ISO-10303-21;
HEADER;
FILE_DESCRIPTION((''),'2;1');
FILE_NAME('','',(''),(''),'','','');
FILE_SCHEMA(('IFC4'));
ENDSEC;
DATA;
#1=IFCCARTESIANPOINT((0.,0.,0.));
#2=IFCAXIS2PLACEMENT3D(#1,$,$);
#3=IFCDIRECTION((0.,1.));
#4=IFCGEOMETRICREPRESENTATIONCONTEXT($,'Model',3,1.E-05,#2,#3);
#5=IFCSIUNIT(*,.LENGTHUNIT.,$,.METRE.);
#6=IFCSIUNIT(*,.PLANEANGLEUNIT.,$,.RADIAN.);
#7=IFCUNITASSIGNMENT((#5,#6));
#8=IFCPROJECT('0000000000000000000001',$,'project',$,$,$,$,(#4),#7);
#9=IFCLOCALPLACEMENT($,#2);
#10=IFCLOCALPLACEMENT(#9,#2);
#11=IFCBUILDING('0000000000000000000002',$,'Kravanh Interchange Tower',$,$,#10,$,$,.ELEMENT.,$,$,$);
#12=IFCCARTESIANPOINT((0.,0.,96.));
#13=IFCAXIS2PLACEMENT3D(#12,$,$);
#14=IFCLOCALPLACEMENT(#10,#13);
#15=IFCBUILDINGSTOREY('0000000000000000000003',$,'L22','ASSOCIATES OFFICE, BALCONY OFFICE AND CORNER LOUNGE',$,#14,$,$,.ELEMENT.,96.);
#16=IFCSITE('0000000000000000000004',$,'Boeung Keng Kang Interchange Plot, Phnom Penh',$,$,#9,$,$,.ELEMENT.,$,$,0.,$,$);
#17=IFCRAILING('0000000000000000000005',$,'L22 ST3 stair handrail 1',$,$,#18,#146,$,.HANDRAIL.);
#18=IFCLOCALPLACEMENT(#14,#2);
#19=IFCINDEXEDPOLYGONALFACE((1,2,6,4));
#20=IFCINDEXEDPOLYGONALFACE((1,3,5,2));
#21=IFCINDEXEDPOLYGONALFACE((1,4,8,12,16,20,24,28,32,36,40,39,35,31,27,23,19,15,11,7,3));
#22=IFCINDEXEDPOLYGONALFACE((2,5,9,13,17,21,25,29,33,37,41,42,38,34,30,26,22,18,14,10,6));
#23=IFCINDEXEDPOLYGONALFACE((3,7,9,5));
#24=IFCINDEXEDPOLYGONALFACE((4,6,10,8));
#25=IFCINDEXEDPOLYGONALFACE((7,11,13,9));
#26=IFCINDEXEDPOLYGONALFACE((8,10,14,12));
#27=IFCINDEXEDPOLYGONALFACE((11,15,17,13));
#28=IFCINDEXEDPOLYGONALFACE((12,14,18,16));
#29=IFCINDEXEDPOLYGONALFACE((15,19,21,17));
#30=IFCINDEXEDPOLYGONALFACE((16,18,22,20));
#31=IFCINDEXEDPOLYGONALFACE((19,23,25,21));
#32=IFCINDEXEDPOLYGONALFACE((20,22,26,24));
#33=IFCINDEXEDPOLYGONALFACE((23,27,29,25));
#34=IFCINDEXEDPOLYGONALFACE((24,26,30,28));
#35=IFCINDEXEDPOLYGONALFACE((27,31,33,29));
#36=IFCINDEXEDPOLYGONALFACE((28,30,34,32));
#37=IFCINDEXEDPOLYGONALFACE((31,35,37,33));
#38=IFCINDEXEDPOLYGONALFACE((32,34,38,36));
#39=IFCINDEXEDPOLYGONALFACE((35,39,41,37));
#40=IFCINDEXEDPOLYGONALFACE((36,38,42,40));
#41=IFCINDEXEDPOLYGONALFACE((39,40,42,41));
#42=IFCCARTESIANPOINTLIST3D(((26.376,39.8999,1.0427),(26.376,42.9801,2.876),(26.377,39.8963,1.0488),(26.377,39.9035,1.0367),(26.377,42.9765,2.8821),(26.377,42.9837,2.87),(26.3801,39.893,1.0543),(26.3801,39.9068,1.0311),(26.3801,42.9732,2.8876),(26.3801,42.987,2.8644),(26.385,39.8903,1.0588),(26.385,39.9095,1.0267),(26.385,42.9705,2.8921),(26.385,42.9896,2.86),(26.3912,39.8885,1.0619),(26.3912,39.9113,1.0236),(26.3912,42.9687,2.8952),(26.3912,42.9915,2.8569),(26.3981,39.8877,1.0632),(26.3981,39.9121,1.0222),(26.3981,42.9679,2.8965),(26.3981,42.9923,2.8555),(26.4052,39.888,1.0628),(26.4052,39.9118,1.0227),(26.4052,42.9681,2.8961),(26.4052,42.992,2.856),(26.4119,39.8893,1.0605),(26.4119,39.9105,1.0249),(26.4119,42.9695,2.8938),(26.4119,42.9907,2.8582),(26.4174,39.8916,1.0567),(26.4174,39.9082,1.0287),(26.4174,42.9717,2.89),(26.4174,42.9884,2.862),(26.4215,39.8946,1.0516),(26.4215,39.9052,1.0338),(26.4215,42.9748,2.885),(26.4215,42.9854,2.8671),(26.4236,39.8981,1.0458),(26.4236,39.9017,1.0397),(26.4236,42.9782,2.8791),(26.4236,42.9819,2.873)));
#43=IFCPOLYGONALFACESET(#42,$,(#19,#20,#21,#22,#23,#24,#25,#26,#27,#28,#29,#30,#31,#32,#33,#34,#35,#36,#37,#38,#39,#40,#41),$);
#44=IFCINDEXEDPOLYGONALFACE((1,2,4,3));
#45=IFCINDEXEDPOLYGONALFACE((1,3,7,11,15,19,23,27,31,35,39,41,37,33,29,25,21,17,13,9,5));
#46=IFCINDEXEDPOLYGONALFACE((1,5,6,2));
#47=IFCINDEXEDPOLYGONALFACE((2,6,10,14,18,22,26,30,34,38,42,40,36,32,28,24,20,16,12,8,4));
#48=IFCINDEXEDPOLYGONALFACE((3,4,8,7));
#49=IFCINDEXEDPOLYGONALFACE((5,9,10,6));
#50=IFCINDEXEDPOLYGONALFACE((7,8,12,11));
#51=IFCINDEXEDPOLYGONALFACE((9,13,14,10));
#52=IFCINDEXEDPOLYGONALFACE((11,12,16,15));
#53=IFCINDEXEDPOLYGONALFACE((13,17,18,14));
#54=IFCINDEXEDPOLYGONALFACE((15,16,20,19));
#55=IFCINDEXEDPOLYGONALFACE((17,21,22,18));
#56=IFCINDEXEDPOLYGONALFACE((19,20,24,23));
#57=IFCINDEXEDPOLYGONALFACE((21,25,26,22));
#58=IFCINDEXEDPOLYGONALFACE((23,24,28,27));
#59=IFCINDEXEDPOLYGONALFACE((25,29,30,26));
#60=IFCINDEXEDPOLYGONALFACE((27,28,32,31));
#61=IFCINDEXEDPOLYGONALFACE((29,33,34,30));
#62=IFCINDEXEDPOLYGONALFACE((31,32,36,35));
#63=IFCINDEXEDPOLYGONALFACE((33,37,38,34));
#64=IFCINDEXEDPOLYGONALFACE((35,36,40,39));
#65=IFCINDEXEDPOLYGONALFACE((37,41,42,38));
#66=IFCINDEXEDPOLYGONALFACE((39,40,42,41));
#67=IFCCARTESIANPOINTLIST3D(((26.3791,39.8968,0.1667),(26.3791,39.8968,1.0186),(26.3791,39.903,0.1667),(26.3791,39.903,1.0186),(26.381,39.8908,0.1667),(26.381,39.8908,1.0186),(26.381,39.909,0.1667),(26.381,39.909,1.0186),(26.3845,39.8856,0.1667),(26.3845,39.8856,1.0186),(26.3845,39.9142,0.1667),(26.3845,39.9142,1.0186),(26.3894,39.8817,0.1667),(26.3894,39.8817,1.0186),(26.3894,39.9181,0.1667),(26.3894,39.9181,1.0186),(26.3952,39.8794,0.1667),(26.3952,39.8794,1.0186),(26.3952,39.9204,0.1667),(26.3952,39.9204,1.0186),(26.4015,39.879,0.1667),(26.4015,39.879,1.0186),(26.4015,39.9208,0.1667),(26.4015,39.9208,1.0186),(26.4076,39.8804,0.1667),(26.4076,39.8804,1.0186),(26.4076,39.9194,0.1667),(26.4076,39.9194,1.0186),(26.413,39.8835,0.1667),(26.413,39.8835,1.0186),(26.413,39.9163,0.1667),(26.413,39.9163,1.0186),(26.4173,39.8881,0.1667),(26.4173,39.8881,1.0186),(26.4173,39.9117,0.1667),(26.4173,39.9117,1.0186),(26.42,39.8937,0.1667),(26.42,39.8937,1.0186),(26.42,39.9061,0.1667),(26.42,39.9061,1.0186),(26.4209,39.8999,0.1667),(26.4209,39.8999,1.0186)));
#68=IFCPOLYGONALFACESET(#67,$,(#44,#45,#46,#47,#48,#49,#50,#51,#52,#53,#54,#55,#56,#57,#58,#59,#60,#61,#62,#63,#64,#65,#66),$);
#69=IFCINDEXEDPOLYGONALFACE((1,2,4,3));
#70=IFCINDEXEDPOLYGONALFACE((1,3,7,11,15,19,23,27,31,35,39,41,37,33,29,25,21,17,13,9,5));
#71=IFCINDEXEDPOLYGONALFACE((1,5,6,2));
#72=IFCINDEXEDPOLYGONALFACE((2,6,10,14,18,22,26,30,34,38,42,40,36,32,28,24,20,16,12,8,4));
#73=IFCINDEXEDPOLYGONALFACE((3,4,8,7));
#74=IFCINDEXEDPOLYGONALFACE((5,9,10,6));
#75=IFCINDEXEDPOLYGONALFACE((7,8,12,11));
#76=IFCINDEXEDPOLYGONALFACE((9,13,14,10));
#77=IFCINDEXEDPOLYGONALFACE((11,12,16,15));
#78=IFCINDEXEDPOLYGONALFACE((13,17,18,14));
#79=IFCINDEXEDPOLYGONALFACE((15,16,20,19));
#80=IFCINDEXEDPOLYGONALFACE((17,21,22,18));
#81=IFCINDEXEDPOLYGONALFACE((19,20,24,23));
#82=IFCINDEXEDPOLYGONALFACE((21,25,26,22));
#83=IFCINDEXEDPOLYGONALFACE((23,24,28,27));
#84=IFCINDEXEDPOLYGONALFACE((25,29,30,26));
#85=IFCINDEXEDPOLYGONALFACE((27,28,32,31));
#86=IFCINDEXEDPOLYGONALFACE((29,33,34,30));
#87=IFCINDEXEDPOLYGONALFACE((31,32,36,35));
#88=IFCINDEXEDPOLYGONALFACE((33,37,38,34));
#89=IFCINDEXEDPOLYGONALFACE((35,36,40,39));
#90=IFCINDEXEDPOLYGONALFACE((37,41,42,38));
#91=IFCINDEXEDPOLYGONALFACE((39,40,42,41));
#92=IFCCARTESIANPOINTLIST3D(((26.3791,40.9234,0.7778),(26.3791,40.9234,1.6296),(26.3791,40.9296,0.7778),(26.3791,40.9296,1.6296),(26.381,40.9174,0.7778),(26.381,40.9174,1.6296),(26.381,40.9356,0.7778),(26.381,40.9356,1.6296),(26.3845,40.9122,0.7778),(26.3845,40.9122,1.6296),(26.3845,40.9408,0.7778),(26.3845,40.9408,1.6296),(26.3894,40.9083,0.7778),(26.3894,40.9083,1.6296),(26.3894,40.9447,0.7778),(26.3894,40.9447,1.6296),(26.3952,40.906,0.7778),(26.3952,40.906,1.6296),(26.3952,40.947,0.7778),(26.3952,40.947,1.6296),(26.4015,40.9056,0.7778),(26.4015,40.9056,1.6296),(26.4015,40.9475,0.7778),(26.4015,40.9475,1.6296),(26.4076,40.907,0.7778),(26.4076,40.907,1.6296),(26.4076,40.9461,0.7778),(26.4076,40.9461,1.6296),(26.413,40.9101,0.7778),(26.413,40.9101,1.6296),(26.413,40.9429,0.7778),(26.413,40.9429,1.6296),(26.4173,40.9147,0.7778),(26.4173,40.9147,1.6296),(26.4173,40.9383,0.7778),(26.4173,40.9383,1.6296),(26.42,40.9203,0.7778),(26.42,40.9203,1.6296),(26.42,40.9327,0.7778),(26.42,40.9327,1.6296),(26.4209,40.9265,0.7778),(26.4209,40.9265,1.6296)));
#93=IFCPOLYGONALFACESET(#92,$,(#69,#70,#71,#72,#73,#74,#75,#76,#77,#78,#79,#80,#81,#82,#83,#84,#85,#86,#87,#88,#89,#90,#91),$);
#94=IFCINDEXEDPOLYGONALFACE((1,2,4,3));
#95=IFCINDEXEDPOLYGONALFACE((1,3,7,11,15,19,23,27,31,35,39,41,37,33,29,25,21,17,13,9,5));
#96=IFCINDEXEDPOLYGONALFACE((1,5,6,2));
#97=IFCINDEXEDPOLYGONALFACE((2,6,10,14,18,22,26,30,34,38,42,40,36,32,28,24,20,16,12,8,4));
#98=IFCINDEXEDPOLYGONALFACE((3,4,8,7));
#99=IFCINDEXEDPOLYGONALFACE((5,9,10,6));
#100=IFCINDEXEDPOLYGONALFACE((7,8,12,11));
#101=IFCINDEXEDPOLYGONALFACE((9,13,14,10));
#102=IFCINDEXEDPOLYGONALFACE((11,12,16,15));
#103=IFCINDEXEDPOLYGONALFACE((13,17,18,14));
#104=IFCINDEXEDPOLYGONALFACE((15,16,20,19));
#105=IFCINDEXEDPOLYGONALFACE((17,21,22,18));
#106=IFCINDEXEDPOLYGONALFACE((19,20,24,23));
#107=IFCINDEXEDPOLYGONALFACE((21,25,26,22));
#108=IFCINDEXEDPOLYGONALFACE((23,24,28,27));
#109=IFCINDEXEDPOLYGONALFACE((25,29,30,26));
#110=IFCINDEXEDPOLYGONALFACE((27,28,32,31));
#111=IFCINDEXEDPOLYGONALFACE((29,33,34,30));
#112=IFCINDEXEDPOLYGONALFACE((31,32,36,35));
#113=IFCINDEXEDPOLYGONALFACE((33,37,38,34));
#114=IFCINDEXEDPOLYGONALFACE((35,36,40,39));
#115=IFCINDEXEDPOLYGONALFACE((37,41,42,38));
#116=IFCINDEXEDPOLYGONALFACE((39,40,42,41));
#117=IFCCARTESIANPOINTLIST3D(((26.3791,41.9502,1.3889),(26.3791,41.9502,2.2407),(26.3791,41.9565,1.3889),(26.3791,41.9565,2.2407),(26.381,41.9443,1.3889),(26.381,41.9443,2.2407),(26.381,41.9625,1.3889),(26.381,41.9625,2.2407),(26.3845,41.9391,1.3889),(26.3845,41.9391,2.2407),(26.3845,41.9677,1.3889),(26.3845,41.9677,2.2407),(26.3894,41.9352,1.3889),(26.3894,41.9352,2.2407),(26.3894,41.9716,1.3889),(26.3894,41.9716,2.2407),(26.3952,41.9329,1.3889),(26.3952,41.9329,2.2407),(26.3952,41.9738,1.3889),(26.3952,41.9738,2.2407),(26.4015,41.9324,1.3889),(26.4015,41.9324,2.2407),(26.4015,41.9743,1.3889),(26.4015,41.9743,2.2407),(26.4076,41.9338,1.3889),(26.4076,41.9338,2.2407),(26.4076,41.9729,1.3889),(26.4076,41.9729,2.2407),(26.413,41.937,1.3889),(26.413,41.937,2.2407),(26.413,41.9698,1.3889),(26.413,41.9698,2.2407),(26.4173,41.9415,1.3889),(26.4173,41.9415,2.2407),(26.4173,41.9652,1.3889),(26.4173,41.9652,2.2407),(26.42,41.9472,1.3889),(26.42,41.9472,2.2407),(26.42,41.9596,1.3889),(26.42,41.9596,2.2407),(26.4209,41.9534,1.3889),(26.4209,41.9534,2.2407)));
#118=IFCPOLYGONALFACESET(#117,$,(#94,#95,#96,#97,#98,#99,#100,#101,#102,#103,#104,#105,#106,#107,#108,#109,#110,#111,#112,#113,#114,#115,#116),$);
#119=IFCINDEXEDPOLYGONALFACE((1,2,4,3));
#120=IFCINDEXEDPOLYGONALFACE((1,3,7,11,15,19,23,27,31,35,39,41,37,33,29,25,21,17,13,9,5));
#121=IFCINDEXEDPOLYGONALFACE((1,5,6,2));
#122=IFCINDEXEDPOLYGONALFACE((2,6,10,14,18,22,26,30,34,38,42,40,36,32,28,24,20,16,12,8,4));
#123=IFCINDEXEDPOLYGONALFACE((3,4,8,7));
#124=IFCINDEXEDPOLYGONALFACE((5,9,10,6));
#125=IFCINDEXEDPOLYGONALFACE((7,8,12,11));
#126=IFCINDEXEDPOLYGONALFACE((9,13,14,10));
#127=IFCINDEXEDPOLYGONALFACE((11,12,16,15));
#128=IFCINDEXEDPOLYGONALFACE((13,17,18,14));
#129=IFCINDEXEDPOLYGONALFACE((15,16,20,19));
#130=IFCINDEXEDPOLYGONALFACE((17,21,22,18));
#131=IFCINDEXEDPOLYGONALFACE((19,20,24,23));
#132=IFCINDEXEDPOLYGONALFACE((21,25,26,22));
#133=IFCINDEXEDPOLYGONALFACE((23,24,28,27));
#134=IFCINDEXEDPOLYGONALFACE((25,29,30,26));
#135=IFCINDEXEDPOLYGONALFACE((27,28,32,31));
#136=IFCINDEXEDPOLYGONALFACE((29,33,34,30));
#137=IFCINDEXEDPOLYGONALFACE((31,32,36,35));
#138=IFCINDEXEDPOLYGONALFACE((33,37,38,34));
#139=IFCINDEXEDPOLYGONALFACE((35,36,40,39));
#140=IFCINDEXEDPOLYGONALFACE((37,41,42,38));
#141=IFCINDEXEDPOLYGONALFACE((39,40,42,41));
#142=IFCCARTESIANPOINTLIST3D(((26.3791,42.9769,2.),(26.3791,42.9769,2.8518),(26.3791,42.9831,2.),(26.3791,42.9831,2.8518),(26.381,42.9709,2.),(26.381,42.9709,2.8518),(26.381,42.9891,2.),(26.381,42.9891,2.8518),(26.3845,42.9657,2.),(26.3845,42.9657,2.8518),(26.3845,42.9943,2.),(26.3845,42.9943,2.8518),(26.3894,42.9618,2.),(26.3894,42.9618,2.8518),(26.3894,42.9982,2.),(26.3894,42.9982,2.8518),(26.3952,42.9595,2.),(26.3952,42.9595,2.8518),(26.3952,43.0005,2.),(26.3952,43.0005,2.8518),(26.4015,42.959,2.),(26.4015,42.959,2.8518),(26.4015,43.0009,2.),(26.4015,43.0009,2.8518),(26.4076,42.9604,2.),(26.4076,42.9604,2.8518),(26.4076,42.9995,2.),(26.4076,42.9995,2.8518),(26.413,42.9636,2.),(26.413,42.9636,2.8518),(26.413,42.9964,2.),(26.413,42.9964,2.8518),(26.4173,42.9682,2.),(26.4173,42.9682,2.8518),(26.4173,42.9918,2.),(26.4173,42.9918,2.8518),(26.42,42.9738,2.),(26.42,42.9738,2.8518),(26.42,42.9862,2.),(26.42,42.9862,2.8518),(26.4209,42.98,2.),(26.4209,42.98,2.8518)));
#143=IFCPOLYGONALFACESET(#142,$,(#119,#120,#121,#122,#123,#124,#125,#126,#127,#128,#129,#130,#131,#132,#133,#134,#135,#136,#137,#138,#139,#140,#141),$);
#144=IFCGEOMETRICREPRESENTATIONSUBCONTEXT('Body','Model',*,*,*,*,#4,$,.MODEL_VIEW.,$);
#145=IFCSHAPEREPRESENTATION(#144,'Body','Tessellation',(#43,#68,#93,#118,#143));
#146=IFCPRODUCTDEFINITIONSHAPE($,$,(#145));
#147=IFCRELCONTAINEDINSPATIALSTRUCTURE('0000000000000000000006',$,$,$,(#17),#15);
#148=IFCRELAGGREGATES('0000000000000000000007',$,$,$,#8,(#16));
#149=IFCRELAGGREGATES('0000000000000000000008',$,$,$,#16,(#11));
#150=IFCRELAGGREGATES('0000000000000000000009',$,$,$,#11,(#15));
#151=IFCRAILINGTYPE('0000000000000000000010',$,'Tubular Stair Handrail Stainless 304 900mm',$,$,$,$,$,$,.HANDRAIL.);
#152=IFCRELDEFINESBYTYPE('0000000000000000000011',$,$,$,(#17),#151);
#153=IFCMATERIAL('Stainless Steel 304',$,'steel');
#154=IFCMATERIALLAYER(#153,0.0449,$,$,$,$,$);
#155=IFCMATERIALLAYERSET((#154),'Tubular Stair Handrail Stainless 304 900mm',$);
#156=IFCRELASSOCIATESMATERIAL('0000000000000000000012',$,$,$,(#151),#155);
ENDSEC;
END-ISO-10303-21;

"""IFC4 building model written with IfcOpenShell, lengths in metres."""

from ifc_helpers import new_model, si_unit, direction, frame, origin, origin_2d, place, context, subcontext, project, spatial, circle, extrude, material, layer, layer_set, type_object, element, save


model = new_model("IFC4")

# Units and contexts
model_context = context("Model", 3, precision=1e-05, world=origin(), true_north=direction((0.0, 1.0)))
body_context = subcontext(model_context, "Body", "Model", "MODEL_VIEW")
ifc_project = project(units=[si_unit("LENGTHUNIT", "METRE"), si_unit("PLANEANGLEUNIT", "RADIAN")], contexts=[model_context])

# Site, building, storey
site_placement = place(None, origin())
site = spatial("IfcSite", under=ifc_project, at=site_placement, Name="Boeung Keng Kang Interchange Plot, Phnom Penh", CompositionType="ELEMENT", RefElevation=0.0)
building_placement = place(site_placement, origin())
building = spatial("IfcBuilding", under=site, at=building_placement, Name="Kravanh Interchange Tower", CompositionType="ELEMENT")
storey_placement = place(building_placement, frame((0.0, 0.0, 96.0)))
storey = spatial("IfcBuildingStorey", under=building, at=storey_placement, Name="L22", Description="ASSOCIATES OFFICE, BALCONY OFFICE AND CORNER LOUNGE", CompositionType="ELEMENT", Elevation=96.0)

# Railing
ifc_material_1 = material(Name="Stainless Steel 304", Category="steel")
ifc_layer_1 = layer(ifc_material_1, 0.0449)
ifc_layer_set_1 = layer_set([ifc_layer_1], Name="Tubular Stair Handrail Stainless 304 900mm")
railing_type_1 = type_object("IfcRailingType", Name="Tubular Stair Handrail Stainless 304 900mm", PredefinedType="HANDRAIL", material=ifc_layer_set_1)
railing_1_placement = place(storey_placement, frame((26.3999, 39.8999, 0.1667)))
element("IfcRailing", 1, at=railing_1_placement, inside=storey, type_object=railing_type_1, Name="L22 ST3 stair handrail 1", PredefinedType="HANDRAIL", context=body_context, shape_type="SweptSolid", body=[
    extrude(circle(Radius=0.0239, at=origin_2d()), frame((0.0, 0.0, 0.876), z_axis=(0.0, 0.859309, 0.511458), x_axis=(-1.0, 0.0, 0.0)), (0.0, 0.0, 1.0), 3.5845),
    extrude(circle(Radius=0.021, at=origin_2d()), origin(), (0.0, 0.0, 1.0), 0.8518),
    extrude(circle(Radius=0.021, at=origin_2d()), frame((0.0, 1.0266, 0.6111)), (0.0, 0.0, 1.0), 0.8518),
    extrude(circle(Radius=0.021, at=origin_2d()), frame((0.0, 2.0535, 1.2222)), (0.0, 0.0, 1.0), 0.8518),
    extrude(circle(Radius=0.021, at=origin_2d()), frame((0.0, 3.0801, 1.8333)), (0.0, 0.0, 1.0), 0.8518),
])

save(model, "model.ifc")
